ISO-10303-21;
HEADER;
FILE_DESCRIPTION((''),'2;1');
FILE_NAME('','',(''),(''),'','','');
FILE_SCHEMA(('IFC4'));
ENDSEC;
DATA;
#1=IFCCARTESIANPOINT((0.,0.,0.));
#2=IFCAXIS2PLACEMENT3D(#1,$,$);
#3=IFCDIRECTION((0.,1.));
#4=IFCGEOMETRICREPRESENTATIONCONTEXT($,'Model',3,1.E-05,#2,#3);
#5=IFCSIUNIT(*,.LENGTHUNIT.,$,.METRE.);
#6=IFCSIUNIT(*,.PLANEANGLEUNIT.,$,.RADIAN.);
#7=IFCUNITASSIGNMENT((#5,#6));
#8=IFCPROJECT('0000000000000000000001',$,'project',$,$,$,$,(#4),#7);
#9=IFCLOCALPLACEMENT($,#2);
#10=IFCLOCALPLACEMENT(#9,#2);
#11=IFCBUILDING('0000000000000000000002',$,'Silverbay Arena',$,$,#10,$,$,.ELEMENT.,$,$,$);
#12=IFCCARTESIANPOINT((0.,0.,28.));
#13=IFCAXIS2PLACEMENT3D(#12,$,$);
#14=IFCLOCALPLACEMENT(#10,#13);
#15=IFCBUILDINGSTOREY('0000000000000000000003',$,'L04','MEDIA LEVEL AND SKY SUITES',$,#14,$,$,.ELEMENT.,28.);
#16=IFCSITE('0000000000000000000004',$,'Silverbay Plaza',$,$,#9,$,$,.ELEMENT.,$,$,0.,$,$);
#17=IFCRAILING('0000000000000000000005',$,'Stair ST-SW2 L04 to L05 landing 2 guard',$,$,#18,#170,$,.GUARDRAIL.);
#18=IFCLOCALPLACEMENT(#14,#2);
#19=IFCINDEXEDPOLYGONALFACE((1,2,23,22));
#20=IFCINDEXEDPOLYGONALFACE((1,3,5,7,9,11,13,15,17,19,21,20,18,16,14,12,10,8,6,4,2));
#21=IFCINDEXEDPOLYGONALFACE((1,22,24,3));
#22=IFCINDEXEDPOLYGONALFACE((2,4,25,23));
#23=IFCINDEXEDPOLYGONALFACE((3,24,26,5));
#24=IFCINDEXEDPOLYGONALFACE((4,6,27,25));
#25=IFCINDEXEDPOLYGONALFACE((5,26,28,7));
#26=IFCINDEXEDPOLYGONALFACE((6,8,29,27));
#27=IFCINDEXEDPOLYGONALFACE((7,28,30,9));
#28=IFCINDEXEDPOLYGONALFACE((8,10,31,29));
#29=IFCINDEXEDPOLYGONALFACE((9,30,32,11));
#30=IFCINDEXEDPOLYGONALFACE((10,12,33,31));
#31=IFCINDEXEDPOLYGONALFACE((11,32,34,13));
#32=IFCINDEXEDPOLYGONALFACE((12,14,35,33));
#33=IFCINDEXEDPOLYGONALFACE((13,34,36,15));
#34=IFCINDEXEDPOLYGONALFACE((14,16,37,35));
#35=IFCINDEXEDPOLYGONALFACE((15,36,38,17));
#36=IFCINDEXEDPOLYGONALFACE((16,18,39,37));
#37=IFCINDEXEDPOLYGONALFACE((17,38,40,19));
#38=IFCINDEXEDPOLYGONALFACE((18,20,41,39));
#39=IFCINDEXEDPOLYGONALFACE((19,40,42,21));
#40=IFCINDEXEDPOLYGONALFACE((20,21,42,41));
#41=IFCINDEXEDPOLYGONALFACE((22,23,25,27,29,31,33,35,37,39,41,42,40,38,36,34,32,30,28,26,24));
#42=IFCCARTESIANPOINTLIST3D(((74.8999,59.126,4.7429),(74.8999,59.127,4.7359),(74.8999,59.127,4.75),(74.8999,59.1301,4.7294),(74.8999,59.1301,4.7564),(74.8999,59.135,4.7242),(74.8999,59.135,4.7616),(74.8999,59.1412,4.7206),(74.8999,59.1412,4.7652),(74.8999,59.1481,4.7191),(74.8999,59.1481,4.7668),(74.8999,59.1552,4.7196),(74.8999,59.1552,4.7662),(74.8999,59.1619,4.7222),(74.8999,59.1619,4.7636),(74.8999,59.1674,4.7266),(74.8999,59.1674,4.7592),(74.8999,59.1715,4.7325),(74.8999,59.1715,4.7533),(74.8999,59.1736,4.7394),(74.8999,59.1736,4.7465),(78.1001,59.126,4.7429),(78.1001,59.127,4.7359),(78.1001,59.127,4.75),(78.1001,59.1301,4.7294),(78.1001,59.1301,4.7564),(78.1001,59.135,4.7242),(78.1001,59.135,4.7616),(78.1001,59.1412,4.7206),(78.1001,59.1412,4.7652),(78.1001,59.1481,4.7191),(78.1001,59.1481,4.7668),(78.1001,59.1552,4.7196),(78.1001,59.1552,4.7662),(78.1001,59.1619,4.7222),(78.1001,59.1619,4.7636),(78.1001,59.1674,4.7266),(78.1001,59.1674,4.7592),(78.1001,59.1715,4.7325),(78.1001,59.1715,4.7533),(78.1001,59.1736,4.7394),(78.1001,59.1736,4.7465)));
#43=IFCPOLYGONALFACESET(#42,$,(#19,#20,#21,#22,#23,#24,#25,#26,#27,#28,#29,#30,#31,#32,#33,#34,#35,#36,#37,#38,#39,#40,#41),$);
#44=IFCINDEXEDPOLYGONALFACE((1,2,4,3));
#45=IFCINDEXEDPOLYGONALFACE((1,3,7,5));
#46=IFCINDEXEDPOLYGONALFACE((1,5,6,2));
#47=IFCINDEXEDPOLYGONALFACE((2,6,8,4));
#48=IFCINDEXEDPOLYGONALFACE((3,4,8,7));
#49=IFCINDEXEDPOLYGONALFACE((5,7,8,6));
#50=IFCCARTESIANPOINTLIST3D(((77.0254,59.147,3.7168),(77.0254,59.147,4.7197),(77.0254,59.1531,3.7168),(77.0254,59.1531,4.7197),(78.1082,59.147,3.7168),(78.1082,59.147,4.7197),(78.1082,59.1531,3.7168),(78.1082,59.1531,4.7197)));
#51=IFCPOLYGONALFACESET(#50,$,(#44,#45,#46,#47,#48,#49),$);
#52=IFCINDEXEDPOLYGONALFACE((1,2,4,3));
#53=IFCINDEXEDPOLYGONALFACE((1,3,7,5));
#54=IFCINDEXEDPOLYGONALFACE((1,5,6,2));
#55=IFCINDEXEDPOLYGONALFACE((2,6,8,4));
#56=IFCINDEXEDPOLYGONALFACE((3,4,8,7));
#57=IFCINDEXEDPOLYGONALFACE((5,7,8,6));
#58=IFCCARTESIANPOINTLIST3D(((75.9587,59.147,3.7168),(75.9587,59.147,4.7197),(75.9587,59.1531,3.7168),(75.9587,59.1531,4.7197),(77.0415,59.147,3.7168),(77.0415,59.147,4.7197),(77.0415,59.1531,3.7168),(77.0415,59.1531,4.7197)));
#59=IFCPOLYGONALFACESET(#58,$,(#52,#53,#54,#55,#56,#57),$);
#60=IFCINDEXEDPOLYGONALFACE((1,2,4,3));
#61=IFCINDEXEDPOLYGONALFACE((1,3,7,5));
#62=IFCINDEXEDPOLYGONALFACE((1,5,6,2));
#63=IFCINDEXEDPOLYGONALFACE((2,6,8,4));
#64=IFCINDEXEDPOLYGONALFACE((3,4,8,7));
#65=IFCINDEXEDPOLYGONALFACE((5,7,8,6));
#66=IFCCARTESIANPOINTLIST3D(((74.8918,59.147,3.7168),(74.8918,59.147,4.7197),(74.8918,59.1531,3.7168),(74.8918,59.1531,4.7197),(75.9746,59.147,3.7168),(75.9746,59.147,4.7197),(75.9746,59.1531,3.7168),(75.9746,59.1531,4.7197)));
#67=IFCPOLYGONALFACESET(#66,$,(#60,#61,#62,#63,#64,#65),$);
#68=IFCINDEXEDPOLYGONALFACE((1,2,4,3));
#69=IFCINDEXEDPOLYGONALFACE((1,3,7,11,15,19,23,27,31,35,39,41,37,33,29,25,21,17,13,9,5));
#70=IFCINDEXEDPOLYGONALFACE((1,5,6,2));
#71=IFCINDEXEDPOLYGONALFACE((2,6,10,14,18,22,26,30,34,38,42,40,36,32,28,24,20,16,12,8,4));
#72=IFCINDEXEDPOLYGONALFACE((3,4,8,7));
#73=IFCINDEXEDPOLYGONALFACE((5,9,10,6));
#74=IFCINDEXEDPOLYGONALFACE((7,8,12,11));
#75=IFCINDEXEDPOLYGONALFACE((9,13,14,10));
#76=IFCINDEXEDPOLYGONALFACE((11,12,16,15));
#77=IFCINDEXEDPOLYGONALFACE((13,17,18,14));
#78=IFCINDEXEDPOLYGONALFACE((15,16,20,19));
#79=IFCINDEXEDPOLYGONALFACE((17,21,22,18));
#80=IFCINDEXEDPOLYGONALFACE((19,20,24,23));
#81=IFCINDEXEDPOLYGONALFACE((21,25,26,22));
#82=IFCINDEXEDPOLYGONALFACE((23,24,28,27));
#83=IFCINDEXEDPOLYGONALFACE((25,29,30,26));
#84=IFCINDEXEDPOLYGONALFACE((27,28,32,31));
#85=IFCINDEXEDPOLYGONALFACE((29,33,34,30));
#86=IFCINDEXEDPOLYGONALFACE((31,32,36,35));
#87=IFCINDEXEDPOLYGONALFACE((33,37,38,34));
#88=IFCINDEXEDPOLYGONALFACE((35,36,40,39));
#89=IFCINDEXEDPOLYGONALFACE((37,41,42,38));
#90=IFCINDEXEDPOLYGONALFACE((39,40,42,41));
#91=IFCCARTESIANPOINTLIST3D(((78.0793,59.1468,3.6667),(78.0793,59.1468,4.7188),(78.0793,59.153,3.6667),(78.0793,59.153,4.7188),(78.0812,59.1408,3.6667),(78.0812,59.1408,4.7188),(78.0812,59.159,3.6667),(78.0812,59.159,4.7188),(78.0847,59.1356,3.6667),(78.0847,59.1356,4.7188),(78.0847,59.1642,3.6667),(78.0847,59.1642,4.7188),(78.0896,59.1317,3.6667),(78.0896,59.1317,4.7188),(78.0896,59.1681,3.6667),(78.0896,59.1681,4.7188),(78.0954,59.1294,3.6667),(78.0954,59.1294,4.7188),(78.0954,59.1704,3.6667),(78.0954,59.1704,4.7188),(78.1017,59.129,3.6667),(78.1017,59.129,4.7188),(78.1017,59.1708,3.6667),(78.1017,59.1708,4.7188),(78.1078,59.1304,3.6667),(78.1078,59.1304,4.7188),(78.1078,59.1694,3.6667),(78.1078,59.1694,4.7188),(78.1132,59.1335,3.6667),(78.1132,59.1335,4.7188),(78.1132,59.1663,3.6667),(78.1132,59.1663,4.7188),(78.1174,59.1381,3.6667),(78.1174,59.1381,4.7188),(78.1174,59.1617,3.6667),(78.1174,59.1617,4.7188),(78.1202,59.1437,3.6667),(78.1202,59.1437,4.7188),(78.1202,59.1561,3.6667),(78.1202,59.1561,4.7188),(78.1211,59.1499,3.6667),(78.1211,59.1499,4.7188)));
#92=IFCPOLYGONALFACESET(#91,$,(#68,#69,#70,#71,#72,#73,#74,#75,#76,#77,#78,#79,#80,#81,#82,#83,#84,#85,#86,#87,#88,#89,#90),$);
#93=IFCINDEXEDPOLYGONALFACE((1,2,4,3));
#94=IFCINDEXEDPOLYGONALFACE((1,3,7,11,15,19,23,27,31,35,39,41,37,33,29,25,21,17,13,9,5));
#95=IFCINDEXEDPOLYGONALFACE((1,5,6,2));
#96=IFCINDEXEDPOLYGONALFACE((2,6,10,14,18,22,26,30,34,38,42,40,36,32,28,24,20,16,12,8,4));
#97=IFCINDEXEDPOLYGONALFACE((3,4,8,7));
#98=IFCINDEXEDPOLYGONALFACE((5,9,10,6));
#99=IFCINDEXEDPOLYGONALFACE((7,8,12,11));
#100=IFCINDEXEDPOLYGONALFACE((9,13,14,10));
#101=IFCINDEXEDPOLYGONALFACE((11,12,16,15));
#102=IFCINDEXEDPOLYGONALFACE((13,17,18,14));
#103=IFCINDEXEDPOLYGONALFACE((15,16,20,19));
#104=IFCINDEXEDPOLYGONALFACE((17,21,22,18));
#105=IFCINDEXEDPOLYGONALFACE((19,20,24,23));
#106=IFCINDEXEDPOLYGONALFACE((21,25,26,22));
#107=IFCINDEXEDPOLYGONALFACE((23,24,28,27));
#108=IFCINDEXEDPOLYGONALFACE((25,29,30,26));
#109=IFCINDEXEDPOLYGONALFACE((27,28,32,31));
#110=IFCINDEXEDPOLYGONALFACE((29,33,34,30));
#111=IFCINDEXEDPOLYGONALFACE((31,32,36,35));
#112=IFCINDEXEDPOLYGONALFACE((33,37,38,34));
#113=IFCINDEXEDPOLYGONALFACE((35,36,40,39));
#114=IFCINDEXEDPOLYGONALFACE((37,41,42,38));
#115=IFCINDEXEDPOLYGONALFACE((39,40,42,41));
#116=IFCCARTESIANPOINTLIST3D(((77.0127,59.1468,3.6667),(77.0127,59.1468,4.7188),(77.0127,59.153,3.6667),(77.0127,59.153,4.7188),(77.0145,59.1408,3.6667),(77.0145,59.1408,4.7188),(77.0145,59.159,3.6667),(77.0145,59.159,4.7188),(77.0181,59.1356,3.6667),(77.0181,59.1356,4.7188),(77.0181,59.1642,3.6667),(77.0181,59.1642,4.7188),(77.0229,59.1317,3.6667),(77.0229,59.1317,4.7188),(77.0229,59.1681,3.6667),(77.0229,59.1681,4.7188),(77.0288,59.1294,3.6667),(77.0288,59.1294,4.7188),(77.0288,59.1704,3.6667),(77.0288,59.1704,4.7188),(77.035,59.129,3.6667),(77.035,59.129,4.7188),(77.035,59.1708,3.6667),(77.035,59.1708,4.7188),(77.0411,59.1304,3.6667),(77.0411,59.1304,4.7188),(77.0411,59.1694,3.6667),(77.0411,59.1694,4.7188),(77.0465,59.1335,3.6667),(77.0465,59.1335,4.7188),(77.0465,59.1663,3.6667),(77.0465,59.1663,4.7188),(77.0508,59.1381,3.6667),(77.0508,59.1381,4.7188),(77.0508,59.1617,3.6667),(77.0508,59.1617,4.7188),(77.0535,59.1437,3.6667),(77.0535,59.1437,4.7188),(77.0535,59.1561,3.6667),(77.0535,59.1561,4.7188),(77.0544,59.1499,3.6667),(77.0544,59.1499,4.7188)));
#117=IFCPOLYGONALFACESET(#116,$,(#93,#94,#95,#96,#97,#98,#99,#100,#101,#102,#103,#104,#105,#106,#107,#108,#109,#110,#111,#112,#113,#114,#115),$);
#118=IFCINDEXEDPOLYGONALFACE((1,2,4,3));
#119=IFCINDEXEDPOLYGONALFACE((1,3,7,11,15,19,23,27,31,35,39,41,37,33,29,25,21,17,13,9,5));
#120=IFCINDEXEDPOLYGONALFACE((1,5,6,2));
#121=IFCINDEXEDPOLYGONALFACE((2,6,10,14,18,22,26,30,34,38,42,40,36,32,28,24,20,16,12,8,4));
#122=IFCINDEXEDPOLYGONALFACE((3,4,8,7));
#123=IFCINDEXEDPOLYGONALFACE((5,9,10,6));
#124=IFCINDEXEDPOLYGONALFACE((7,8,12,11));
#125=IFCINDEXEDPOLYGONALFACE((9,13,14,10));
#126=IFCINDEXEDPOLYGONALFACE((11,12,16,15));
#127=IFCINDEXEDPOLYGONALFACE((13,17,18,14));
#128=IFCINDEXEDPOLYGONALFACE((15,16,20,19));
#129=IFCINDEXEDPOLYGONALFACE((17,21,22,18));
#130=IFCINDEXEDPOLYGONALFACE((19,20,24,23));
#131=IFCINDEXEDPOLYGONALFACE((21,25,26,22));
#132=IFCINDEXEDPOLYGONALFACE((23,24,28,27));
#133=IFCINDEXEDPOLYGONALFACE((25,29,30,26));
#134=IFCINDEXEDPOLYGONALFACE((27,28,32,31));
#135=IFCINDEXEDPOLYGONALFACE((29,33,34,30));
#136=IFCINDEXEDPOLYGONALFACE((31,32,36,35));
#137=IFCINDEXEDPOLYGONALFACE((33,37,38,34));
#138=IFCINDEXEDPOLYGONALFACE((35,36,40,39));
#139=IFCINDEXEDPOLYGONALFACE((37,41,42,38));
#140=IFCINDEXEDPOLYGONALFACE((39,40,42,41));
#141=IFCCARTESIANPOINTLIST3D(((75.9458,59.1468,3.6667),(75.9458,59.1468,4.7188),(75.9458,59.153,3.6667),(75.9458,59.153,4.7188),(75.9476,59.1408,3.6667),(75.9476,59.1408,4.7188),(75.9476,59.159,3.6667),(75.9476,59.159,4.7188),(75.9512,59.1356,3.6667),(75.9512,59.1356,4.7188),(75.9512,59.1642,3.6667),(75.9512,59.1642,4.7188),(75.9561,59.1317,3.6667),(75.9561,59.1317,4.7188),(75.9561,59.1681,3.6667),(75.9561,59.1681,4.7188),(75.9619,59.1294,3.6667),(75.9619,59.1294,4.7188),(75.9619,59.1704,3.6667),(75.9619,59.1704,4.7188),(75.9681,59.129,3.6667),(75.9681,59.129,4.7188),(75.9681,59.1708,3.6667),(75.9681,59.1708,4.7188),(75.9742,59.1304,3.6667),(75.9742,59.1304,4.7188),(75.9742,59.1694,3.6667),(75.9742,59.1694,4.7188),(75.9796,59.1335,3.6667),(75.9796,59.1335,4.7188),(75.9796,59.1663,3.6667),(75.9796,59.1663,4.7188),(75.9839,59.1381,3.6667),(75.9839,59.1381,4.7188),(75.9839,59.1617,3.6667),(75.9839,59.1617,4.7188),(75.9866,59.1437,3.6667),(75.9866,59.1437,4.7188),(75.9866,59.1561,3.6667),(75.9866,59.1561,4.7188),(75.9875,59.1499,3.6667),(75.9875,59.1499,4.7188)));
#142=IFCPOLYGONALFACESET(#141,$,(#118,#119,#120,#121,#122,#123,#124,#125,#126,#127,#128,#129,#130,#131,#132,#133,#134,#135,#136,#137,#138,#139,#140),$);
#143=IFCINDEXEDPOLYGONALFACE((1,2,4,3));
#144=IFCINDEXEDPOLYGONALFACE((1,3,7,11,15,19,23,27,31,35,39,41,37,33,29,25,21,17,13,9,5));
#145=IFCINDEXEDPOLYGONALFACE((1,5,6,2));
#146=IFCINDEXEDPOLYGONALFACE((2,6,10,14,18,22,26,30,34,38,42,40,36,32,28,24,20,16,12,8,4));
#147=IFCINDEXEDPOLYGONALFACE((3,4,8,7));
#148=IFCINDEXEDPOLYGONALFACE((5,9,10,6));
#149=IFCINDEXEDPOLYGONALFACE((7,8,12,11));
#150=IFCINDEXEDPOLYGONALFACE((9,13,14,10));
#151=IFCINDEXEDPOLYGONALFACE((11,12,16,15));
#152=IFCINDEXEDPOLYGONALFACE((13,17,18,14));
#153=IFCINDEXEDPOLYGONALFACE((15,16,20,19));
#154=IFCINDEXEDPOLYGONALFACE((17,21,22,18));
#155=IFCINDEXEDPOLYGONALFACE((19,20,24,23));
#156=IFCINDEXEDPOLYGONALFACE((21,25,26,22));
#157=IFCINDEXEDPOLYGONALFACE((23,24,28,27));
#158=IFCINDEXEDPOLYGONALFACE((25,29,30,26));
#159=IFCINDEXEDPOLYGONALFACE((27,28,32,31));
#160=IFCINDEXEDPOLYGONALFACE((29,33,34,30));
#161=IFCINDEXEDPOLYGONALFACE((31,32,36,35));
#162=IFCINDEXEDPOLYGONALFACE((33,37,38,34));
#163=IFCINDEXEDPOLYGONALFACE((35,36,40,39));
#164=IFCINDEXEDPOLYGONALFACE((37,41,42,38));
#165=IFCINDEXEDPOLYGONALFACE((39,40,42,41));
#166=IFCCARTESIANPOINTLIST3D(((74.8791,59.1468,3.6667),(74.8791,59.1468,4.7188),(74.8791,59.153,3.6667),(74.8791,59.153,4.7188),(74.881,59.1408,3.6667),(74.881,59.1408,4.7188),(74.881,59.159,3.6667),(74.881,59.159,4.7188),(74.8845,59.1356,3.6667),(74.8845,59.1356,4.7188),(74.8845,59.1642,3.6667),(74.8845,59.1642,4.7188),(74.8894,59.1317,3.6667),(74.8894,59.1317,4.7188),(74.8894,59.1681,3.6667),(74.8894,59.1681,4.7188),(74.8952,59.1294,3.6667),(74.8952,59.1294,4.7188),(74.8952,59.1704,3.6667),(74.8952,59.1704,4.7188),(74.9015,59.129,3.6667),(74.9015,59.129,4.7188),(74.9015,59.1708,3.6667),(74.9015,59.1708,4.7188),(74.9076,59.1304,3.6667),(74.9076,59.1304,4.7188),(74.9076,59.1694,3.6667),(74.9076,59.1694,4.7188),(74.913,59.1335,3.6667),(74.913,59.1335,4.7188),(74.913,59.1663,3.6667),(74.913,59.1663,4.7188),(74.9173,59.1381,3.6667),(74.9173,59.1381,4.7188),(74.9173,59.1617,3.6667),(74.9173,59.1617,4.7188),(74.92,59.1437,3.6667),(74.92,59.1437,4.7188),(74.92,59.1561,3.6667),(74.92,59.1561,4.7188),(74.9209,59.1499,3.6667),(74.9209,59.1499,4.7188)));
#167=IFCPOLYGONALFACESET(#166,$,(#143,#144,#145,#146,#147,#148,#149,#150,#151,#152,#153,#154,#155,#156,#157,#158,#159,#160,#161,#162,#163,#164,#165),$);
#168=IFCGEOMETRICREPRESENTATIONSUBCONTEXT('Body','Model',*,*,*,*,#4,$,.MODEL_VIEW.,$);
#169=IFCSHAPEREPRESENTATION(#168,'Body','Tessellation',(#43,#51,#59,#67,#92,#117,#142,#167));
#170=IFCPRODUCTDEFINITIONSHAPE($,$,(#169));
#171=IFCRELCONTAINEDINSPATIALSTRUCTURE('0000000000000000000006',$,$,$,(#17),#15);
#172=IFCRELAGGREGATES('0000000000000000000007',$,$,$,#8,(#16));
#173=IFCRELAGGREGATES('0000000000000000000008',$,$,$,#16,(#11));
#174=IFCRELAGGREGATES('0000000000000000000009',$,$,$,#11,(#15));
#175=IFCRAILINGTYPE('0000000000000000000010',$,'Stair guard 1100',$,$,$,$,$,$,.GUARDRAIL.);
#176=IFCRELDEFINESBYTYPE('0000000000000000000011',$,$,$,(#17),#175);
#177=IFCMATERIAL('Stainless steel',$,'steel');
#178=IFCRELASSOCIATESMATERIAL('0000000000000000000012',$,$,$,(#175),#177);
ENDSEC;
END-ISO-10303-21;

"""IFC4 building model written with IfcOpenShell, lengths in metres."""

from ifc_helpers import new_model, si_unit, direction, frame, origin, origin_2d, place, context, subcontext, project, spatial, polyline, circle, outline, extrude, material, type_object, element, save


model = new_model("IFC4")

# Units and contexts
model_context = context("Model", 3, precision=1e-05, world=origin(), true_north=direction((0.0, 1.0)))
body_context = subcontext(model_context, "Body", "Model", "MODEL_VIEW")
ifc_project = project(units=[si_unit("LENGTHUNIT", "METRE"), si_unit("PLANEANGLEUNIT", "RADIAN")], contexts=[model_context])

# Site, building, storey
site_placement = place(None, origin())
site = spatial("IfcSite", under=ifc_project, at=site_placement, Name="Silverbay Plaza", CompositionType="ELEMENT", RefElevation=0.0)
building_placement = place(site_placement, origin())
building = spatial("IfcBuilding", under=site, at=building_placement, Name="Silverbay Arena", CompositionType="ELEMENT")
storey_placement = place(building_placement, frame((0.0, 0.0, 28.0)))
storey = spatial("IfcBuildingStorey", under=building, at=storey_placement, Name="L04", Description="MEDIA LEVEL AND SKY SUITES", CompositionType="ELEMENT", Elevation=28.0)

# Railing
ifc_material_1 = material(Name="Stainless steel", Category="steel")
railing_type_1 = type_object("IfcRailingType", Name="Stair guard 1100", PredefinedType="GUARDRAIL", material=ifc_material_1)
for number, where, name in (
    (1, (78.1001, 59.1499, 3.6667), "Stair ST-SW2 L04 to L05 landing 2 guard"),
):
    element("IfcRailing", number, at=place(storey_placement, frame(where)), inside=storey, type_object=railing_type_1, Name=name, PredefinedType="GUARDRAIL", context=body_context, shape_type="SweptSolid", body=[
        extrude(circle(Radius=0.0239, at=origin_2d()), frame((0.0, 0.0, 1.0762), z_axis=(-1.0, 0.0, 0.0), x_axis=(0.0, -1.0, 0.0)), (0.0, 0.0, 1.0), 3.2002),
        extrude(outline(polyline([(-0.0081, 0.05), (1.0747, 0.05), (1.0747, 1.053), (-0.0081, 1.053), (-0.0081, 0.05)])), frame((0.0, -0.0029, 0.0), z_axis=(0.0, 1.0, 0.0), x_axis=(-1.0, 0.0, 0.0)), (0.0, 0.0, 1.0), 0.0061),
        extrude(outline(polyline([(-0.0081, 0.05), (1.0747, 0.05), (1.0747, 1.053), (-0.0081, 1.053), (-0.0081, 0.05)])), frame((-1.0667, -0.0029, 0.0), z_axis=(0.0, 1.0, 0.0), x_axis=(-1.0, 0.0, 0.0)), (0.0, 0.0, 1.0), 0.0061),
        extrude(outline(polyline([(-0.0081, 0.05), (1.0747, 0.05), (1.0747, 1.053), (-0.0081, 1.053), (-0.0081, 0.05)])), frame((-2.1335, -0.0029, 0.0), z_axis=(0.0, 1.0, 0.0), x_axis=(-1.0, 0.0, 0.0)), (0.0, 0.0, 1.0), 0.0061),
        extrude(circle(Radius=0.021, at=origin_2d()), origin(), (0.0, 0.0, 1.0), 1.052),
        extrude(circle(Radius=0.021, at=origin_2d()), frame((-1.0667, 0.0, 0.0)), (0.0, 0.0, 1.0), 1.052),
        extrude(circle(Radius=0.021, at=origin_2d()), frame((-2.1335, 0.0, 0.0)), (0.0, 0.0, 1.0), 1.052),
        extrude(circle(Radius=0.021, at=origin_2d()), frame((-3.2002, 0.0, 0.0)), (0.0, 0.0, 1.0), 1.052),
    ])

save(model, "model.ifc")
